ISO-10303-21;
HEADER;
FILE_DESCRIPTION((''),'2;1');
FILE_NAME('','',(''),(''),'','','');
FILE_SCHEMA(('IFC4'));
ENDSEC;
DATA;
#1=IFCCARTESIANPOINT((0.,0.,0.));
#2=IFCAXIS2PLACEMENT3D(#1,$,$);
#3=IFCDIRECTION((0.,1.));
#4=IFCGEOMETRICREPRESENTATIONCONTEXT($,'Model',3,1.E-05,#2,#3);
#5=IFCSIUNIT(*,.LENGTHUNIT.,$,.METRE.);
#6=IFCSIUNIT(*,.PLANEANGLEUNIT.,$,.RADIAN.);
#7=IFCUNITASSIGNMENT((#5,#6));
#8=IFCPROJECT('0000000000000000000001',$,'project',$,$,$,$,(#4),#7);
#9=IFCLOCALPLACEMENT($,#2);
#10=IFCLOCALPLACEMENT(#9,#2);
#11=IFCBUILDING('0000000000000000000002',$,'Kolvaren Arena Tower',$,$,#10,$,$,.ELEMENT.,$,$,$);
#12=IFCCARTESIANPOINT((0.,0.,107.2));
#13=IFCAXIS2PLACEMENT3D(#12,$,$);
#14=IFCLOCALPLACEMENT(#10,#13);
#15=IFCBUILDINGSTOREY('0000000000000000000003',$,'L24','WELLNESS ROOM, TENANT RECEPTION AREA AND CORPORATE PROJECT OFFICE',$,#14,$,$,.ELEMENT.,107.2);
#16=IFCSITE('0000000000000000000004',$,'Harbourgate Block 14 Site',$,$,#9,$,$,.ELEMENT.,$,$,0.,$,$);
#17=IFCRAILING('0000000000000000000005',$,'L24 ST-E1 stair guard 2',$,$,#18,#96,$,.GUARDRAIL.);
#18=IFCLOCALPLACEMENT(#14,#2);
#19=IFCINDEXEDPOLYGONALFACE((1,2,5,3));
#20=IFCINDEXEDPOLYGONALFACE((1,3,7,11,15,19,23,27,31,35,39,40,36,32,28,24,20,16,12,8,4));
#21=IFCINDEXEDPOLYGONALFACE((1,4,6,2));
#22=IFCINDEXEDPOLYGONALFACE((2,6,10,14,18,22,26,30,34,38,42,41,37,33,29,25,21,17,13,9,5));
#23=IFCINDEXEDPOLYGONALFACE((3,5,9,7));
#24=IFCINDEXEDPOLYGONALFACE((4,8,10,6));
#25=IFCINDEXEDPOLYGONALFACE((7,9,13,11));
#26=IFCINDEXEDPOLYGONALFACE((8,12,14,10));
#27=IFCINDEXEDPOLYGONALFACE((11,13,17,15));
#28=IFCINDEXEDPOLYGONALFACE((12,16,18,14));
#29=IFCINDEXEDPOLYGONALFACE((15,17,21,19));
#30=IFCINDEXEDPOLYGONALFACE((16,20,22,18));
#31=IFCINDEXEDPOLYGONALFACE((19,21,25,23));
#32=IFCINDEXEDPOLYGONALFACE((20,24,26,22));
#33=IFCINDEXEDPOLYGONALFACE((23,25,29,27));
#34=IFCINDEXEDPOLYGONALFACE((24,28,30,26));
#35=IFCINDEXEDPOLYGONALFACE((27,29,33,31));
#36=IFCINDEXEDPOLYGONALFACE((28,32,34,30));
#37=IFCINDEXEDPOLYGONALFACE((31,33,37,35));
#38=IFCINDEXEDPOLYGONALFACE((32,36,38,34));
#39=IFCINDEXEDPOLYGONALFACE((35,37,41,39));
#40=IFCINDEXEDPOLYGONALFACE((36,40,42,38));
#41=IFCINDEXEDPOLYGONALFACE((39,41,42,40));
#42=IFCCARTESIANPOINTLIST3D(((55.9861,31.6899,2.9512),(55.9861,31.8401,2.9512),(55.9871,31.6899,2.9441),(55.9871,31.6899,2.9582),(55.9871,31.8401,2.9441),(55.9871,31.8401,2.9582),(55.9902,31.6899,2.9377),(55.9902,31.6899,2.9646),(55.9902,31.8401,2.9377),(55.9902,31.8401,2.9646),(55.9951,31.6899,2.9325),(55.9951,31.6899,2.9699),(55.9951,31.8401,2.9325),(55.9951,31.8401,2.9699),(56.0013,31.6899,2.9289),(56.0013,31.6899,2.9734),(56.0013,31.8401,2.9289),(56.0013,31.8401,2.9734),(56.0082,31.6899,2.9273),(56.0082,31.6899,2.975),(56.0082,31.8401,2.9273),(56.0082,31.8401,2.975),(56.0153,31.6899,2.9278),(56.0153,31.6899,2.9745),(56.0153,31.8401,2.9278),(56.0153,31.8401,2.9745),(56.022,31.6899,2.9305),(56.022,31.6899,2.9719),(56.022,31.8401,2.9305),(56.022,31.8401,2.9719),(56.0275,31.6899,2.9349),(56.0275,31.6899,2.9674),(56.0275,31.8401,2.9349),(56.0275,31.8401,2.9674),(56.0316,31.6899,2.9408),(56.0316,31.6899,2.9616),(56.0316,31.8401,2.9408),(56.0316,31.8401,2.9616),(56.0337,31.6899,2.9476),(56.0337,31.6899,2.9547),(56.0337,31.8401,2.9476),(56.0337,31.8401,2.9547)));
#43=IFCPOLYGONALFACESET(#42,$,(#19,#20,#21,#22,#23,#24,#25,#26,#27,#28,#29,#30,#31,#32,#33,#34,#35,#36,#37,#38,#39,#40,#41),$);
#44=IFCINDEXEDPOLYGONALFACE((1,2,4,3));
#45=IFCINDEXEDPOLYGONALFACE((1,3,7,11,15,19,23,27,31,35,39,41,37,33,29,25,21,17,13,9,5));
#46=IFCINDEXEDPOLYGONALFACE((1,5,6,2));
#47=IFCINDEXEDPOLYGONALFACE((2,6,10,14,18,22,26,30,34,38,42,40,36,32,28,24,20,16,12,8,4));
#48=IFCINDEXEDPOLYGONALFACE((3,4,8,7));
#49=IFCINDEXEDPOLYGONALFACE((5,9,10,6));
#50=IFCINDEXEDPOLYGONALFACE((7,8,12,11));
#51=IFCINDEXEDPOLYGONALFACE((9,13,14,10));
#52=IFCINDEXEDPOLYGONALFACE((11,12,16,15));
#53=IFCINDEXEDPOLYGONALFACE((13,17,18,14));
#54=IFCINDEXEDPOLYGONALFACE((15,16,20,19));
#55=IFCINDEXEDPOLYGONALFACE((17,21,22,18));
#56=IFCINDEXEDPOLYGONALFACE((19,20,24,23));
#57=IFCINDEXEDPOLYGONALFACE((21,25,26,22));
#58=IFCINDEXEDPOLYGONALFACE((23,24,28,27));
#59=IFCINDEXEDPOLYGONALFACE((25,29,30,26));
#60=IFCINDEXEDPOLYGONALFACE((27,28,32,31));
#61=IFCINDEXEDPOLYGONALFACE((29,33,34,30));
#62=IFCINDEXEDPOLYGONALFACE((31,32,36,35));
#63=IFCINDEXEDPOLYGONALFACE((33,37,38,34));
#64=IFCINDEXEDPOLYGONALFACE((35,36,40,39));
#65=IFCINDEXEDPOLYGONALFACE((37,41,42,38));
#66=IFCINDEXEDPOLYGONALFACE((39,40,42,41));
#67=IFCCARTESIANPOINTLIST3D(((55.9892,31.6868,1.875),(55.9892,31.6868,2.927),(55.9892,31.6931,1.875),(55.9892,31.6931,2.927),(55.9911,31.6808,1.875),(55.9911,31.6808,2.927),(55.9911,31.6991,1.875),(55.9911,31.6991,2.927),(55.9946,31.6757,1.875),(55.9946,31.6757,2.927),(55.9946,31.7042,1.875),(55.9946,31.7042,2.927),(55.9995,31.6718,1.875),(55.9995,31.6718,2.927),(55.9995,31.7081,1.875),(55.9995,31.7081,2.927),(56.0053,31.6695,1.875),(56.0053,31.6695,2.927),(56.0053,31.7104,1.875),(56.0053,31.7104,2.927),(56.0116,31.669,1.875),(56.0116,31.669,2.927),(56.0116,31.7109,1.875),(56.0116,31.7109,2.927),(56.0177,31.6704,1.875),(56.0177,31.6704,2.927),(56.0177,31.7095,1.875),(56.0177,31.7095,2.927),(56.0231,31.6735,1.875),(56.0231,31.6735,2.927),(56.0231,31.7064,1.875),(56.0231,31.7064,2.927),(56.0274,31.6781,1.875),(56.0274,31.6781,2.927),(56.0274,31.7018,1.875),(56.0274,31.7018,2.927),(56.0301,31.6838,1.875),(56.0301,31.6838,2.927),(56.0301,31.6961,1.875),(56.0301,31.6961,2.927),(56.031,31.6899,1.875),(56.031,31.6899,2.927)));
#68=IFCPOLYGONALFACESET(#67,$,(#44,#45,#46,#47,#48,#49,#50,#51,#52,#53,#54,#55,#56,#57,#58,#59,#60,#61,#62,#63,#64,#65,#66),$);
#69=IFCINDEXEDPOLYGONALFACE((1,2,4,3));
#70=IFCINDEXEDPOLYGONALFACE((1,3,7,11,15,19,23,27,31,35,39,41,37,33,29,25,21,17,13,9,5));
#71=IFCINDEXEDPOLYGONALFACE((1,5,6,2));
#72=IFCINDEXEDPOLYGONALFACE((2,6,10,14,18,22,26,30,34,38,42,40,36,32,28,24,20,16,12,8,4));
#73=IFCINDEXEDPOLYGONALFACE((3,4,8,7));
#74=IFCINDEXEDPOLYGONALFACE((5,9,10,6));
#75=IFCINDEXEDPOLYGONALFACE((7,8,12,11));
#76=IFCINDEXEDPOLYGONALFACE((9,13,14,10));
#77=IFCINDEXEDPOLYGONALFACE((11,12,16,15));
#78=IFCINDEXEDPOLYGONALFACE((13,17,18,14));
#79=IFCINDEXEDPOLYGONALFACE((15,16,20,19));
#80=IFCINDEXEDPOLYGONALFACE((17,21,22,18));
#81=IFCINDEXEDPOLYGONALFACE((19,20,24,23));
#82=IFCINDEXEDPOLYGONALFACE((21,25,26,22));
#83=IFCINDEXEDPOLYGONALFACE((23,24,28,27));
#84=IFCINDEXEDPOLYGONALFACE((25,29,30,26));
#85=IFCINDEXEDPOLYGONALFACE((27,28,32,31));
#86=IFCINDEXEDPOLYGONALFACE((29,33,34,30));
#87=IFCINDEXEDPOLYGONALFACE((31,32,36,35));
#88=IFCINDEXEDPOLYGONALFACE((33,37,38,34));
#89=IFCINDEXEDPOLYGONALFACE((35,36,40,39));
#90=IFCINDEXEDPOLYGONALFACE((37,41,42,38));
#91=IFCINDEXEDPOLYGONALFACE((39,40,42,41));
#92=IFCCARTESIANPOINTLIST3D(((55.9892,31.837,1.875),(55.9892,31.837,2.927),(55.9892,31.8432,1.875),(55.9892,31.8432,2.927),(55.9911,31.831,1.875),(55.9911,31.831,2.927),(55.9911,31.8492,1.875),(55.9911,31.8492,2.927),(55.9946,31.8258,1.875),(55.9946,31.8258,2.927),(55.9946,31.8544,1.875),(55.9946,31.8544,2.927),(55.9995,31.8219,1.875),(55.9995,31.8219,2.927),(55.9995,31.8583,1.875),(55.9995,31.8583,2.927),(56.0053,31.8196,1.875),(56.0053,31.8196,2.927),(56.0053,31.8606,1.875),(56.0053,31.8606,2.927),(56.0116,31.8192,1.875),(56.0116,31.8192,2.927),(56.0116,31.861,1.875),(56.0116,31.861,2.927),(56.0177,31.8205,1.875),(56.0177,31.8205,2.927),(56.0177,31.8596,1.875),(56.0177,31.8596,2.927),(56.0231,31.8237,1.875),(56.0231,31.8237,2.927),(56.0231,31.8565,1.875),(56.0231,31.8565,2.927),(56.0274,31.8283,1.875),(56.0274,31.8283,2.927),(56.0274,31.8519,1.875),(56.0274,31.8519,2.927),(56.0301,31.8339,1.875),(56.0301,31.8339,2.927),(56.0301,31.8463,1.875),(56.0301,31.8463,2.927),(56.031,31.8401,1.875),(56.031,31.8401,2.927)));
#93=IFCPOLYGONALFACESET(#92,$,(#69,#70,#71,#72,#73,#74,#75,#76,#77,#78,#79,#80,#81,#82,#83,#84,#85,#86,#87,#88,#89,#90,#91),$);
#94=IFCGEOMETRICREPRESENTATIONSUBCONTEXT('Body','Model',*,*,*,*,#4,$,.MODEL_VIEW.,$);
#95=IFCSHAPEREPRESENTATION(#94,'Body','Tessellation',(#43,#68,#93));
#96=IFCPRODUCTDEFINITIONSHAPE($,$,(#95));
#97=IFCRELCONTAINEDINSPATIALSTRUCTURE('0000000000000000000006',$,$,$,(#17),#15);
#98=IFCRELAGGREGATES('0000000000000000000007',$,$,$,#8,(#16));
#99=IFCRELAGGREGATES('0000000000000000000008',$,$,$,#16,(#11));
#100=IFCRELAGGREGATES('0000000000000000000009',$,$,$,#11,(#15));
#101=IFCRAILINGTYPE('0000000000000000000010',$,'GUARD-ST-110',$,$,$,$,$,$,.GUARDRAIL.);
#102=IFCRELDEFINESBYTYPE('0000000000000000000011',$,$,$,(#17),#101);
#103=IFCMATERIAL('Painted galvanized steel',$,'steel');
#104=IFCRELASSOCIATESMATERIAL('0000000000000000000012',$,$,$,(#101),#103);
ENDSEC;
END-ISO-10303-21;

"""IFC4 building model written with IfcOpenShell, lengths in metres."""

from ifc_helpers import new_model, si_unit, direction, frame, origin, origin_2d, place, context, subcontext, project, spatial, circle, extrude, material, type_object, element, save


model = new_model("IFC4")

# Units and contexts
model_context = context("Model", 3, precision=1e-05, world=origin(), true_north=direction((0.0, 1.0)))
body_context = subcontext(model_context, "Body", "Model", "MODEL_VIEW")
ifc_project = project(units=[si_unit("LENGTHUNIT", "METRE"), si_unit("PLANEANGLEUNIT", "RADIAN")], contexts=[model_context])

# Site, building, storey
site_placement = place(None, origin())
site = spatial("IfcSite", under=ifc_project, at=site_placement, Name="Harbourgate Block 14 Site", CompositionType="ELEMENT", RefElevation=0.0)
building_placement = place(site_placement, origin())
building = spatial("IfcBuilding", under=site, at=building_placement, Name="Kolvaren Arena Tower", CompositionType="ELEMENT")
storey_placement = place(building_placement, frame((0.0, 0.0, 107.2)))
storey = spatial("IfcBuildingStorey", under=building, at=storey_placement, Name="L24", Description="WELLNESS ROOM, TENANT RECEPTION AREA AND CORPORATE PROJECT OFFICE", CompositionType="ELEMENT", Elevation=107.2)

# Railing
ifc_material_1 = material(Name="Painted galvanized steel", Category="steel")
railing_type_1 = type_object("IfcRailingType", Name="GUARD-ST-110", PredefinedType="GUARDRAIL", material=ifc_material_1)
railing_1_placement = place(storey_placement, frame((56.01, 31.6899, 1.875)))
element("IfcRailing", 1, at=railing_1_placement, inside=storey, type_object=railing_type_1, Name="L24 ST-E1 stair guard 2", PredefinedType="GUARDRAIL", context=body_context, shape_type="SweptSolid", body=[
    extrude(circle(Radius=0.0239, at=origin_2d()), frame((0.0, 0.0, 1.0762), z_axis=(0.0, 1.0, 0.0), x_axis=(-1.0, 0.0, 0.0)), (0.0, 0.0, 1.0), 0.1501),
    extrude(circle(Radius=0.021, at=origin_2d()), origin(), (0.0, 0.0, 1.0), 1.052),
    extrude(circle(Radius=0.021, at=origin_2d()), frame((0.0, 0.1501, 0.0)), (0.0, 0.0, 1.0), 1.052),
])

save(model, "model.ifc")
